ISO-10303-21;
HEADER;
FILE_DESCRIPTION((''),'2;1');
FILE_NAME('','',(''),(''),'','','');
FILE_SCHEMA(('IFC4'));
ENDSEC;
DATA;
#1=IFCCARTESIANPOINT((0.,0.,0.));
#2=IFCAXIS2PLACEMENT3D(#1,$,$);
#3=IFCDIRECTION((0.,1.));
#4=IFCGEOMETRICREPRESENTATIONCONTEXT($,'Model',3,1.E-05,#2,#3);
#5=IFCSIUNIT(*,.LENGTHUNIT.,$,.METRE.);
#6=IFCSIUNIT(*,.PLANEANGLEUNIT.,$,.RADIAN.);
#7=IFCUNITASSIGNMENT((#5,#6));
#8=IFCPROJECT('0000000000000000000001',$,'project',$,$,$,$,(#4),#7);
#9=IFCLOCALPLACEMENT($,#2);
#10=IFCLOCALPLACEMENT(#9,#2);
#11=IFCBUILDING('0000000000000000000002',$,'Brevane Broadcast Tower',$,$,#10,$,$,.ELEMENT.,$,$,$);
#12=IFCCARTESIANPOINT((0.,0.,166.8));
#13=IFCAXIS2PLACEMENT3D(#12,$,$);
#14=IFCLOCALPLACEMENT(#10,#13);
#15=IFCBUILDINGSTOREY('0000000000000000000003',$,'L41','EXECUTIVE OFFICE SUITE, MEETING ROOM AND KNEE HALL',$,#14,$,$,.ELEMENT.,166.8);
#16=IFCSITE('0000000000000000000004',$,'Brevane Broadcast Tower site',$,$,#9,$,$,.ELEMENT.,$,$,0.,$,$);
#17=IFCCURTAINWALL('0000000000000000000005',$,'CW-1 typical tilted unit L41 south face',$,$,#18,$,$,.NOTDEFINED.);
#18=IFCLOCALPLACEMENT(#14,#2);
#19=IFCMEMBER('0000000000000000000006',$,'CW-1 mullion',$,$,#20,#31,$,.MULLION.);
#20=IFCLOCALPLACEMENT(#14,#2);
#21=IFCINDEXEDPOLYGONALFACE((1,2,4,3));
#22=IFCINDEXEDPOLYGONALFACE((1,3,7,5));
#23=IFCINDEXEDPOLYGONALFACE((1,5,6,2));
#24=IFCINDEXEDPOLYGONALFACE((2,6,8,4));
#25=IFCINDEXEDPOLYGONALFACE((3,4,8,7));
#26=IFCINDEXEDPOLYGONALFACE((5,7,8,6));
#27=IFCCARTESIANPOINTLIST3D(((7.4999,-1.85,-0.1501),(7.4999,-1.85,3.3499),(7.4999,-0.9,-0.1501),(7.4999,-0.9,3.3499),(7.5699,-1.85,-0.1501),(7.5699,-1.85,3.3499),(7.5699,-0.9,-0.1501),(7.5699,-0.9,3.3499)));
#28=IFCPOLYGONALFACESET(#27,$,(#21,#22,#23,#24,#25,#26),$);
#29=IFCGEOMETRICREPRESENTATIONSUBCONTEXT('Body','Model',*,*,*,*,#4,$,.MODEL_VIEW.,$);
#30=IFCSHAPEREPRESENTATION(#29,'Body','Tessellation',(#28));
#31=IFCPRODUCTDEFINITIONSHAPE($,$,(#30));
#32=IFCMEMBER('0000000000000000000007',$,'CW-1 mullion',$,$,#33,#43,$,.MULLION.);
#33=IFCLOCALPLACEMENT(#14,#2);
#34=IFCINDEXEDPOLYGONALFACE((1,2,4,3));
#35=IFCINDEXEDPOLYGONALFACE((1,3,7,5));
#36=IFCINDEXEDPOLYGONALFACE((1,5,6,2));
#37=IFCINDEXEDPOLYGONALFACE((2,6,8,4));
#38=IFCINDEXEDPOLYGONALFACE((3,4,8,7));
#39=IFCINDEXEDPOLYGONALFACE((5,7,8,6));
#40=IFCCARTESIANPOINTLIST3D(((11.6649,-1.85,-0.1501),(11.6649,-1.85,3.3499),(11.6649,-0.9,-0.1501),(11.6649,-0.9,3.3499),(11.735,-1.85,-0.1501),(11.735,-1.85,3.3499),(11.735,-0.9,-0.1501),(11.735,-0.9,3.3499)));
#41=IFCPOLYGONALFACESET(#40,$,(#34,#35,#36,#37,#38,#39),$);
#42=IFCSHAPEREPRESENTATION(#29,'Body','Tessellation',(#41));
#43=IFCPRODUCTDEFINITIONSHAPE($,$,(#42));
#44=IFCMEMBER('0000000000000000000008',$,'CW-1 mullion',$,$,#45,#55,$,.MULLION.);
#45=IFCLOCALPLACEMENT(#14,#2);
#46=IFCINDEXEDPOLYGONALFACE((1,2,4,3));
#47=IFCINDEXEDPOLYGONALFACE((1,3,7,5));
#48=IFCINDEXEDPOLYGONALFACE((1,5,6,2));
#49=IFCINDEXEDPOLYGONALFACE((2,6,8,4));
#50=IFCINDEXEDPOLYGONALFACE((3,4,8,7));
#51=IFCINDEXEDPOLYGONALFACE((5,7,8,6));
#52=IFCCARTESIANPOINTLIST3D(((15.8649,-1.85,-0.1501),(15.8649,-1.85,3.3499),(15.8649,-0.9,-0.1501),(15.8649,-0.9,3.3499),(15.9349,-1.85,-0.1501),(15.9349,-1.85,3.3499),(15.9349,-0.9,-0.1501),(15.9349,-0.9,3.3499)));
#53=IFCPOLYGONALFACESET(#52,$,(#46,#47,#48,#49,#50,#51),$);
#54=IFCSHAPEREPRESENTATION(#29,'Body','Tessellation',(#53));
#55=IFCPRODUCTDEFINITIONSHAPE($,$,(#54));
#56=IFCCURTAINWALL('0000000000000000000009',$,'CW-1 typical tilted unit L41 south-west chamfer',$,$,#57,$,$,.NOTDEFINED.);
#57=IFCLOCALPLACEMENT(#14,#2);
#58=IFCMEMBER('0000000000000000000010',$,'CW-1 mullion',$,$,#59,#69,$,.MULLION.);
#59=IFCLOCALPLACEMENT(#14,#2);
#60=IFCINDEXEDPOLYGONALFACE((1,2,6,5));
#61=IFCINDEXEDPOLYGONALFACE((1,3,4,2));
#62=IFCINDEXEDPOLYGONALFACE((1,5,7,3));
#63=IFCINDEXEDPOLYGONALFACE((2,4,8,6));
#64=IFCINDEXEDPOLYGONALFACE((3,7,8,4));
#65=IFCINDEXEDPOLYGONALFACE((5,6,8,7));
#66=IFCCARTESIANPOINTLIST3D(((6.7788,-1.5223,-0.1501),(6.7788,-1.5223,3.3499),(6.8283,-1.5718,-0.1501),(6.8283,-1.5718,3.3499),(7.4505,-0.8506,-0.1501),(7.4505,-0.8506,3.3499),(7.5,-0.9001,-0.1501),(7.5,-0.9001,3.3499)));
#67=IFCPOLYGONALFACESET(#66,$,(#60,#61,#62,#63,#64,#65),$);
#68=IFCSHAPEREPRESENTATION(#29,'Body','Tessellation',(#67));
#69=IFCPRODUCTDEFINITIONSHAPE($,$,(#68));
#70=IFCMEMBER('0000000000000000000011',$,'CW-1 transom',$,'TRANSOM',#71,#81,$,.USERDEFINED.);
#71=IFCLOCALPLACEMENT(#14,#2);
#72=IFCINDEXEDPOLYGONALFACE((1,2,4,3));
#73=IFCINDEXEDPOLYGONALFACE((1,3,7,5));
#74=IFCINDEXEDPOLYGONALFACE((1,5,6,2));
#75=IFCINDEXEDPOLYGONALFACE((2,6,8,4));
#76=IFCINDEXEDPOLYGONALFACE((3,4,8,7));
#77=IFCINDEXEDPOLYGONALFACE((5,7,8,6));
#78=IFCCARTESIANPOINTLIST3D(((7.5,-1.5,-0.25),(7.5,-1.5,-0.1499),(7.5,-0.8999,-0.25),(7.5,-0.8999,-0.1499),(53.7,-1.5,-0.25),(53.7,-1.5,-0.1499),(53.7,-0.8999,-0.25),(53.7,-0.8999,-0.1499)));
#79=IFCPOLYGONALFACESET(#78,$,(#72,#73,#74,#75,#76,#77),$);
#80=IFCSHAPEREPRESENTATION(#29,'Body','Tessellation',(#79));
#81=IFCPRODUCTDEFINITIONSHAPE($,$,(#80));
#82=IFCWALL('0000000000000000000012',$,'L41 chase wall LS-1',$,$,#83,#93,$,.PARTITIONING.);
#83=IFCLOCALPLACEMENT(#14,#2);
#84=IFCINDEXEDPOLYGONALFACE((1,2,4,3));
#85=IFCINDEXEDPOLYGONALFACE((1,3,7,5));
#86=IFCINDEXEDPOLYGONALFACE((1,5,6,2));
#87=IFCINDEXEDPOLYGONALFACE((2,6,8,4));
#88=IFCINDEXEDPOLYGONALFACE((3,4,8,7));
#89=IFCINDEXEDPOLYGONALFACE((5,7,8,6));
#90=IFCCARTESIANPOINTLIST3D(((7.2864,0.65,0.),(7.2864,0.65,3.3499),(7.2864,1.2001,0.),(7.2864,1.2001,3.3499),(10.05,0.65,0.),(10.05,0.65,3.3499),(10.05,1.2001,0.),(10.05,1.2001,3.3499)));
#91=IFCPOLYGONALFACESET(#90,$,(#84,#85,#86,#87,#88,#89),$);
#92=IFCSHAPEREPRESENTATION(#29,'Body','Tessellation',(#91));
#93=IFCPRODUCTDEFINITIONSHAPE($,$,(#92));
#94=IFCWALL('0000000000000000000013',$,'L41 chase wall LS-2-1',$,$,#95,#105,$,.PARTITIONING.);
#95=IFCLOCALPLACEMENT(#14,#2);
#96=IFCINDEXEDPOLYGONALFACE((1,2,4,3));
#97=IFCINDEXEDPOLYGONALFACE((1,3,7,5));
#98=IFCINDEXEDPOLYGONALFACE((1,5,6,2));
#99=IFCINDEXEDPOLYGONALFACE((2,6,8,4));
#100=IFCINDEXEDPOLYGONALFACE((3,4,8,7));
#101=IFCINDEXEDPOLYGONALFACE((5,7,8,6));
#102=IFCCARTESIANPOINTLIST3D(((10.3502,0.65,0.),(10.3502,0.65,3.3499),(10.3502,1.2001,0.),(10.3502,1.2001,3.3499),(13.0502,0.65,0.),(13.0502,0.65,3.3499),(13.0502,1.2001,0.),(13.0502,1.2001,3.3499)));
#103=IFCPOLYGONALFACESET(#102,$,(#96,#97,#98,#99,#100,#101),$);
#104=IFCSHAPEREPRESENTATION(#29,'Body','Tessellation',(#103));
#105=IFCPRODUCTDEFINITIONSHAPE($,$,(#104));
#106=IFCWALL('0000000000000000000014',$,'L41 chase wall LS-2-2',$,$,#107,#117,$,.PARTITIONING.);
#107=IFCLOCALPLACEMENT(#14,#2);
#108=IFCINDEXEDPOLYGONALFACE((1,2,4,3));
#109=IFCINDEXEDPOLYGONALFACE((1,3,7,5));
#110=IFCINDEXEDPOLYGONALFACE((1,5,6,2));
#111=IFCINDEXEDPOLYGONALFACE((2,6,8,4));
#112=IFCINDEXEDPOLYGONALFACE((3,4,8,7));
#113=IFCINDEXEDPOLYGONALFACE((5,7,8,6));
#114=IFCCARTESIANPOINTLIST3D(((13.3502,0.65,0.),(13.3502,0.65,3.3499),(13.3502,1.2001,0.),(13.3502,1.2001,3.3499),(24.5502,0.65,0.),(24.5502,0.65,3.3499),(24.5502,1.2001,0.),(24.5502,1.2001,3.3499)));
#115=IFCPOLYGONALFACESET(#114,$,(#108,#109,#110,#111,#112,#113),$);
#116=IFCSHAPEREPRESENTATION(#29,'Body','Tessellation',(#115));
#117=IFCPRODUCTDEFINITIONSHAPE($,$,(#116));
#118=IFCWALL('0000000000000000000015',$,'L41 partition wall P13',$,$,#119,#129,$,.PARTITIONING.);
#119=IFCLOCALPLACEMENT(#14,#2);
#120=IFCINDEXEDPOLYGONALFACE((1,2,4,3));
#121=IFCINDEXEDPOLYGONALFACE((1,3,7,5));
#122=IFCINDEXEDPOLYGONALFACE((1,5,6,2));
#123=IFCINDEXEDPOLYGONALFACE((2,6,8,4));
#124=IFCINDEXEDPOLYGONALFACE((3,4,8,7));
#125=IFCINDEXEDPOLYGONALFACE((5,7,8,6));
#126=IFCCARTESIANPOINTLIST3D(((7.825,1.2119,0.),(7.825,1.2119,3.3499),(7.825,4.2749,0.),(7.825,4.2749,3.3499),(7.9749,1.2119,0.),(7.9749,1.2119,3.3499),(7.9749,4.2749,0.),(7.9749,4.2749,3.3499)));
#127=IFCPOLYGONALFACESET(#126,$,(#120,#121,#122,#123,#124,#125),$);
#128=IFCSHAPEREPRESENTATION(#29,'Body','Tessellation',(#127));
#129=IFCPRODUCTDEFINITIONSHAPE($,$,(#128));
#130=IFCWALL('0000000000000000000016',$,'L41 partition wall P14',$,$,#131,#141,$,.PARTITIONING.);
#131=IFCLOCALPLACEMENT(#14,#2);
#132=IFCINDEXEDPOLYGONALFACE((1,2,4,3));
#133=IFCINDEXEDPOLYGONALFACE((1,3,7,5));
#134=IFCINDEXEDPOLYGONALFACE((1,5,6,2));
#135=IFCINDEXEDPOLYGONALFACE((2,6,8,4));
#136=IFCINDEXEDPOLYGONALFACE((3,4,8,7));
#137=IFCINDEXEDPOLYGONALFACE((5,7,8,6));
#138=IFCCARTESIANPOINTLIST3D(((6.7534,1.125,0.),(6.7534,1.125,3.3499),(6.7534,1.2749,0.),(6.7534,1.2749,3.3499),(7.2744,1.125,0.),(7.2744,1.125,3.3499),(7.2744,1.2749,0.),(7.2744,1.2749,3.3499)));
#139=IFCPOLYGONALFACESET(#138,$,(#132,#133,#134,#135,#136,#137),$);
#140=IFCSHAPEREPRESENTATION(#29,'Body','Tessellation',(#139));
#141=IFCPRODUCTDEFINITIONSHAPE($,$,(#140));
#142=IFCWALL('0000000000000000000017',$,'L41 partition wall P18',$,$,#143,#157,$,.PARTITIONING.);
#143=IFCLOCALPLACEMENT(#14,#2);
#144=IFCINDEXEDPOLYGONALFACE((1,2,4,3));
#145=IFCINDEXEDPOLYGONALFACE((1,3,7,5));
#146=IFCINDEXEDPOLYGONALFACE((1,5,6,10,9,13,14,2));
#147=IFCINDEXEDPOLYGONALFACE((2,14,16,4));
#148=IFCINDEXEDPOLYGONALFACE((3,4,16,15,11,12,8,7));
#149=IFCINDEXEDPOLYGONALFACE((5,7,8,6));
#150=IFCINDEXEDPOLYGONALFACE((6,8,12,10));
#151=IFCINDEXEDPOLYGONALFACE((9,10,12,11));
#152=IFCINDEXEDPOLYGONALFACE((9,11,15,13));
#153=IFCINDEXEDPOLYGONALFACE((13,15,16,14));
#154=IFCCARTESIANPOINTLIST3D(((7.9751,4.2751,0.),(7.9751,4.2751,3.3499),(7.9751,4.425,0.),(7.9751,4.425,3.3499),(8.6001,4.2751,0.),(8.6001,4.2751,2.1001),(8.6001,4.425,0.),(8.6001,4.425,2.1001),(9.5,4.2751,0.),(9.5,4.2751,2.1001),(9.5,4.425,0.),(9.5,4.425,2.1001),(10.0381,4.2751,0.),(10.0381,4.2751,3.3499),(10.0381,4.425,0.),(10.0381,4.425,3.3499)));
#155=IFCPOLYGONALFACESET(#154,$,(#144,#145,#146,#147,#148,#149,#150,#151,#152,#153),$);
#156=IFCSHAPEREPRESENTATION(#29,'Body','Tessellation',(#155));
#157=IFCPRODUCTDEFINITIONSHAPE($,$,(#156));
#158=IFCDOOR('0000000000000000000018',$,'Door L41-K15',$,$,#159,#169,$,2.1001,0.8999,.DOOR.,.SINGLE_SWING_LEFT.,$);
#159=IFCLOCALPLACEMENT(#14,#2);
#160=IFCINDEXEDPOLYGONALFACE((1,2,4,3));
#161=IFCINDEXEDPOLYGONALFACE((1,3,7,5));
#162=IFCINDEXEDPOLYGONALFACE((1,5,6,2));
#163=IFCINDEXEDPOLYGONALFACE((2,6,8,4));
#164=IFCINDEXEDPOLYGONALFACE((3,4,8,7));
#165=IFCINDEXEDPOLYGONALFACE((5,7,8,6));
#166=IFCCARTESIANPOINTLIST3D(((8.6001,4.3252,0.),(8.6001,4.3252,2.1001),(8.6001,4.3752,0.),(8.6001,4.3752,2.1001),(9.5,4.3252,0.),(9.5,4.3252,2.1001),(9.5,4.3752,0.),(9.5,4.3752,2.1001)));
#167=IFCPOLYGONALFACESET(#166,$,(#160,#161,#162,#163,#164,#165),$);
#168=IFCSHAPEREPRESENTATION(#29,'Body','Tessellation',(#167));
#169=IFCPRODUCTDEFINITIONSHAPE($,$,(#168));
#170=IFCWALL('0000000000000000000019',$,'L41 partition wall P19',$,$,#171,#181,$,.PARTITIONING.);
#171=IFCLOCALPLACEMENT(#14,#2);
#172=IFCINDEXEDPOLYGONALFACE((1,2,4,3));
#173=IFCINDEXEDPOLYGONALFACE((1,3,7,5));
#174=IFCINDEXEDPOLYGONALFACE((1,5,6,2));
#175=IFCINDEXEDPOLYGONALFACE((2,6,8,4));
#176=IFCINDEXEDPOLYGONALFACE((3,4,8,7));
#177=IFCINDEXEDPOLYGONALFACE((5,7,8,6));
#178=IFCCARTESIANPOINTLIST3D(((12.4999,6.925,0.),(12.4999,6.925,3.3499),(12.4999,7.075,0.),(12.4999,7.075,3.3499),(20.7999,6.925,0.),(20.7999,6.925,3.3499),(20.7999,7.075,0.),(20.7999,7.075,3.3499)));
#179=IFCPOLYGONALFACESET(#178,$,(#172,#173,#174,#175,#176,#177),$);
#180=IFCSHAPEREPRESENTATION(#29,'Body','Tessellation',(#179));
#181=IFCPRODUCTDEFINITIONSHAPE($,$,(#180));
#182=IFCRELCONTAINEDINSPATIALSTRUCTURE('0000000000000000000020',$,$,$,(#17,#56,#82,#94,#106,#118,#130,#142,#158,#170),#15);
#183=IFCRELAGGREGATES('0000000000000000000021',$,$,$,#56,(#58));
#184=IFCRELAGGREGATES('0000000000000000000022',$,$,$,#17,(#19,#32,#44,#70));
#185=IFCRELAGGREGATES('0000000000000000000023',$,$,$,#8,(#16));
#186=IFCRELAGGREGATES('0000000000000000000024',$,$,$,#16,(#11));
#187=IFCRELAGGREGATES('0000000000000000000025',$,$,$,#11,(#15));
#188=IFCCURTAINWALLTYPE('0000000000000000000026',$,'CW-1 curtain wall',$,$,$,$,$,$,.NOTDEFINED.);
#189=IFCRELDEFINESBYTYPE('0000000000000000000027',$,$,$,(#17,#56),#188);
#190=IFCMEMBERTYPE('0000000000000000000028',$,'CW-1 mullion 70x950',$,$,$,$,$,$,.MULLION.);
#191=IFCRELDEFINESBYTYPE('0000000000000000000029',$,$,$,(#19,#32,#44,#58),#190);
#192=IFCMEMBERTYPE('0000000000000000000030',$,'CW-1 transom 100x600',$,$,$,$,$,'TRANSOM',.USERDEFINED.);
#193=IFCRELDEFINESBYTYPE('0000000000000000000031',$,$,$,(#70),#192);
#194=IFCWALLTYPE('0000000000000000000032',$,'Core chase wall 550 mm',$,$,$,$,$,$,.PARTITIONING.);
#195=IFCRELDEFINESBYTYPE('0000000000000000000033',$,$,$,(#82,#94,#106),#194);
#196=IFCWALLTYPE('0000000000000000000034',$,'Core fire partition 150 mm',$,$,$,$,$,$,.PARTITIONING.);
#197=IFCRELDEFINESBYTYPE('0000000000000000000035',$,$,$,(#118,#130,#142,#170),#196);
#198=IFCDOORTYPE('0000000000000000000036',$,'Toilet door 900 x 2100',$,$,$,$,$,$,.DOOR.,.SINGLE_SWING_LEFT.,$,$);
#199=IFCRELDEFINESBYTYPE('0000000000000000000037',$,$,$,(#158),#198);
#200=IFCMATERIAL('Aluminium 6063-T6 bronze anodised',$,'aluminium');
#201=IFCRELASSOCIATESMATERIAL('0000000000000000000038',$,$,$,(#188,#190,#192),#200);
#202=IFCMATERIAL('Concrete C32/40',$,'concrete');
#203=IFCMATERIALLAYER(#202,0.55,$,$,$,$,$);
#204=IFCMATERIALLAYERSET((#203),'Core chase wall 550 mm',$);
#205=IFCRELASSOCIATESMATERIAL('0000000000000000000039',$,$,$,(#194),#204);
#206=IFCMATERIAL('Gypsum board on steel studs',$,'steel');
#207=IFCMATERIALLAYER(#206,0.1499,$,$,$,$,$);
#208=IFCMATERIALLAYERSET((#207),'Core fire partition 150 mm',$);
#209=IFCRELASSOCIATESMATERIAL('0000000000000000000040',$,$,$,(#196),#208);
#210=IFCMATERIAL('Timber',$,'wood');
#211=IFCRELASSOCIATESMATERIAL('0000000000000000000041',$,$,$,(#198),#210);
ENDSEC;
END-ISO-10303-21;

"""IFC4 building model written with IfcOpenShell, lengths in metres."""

from ifc_helpers import new_model, si_unit, direction, frame, frame_2d, origin, origin_2d, place, context, subcontext, project, spatial, rectangle, extrude, material, layer, layer_set, material_profile, profile_set, type_object, element, fill, aggregate, save


model = new_model("IFC4")

# Units and contexts
model_context = context("Model", 3, precision=1e-05, world=origin(), true_north=direction((0.0, 1.0)))
body_context = subcontext(model_context, "Body", "Model", "MODEL_VIEW")
ifc_project = project(units=[si_unit("LENGTHUNIT", "METRE"), si_unit("PLANEANGLEUNIT", "RADIAN")], contexts=[model_context])

# Site, building, storey
site_placement = place(None, origin())
site = spatial("IfcSite", under=ifc_project, at=site_placement, Name="Brevane Broadcast Tower site", CompositionType="ELEMENT", RefElevation=0.0)
building_placement = place(site_placement, origin())
building = spatial("IfcBuilding", under=site, at=building_placement, Name="Brevane Broadcast Tower", CompositionType="ELEMENT")
storey_placement = place(building_placement, frame((0.0, 0.0, 166.8)))
storey = spatial("IfcBuildingStorey", under=building, at=storey_placement, Name="L41", Description="EXECUTIVE OFFICE SUITE, MEETING ROOM AND KNEE HALL", CompositionType="ELEMENT", Elevation=166.8)

# Curtain wall, members
ifc_material_1 = material(Name="Aluminium 6063-T6 bronze anodised", Category="aluminium")
curtain_wall_type = type_object("IfcCurtainWallType", Name="CW-1 curtain wall", PredefinedType="NOTDEFINED", material=ifc_material_1)
curtain_wall_1_placement = place(storey_placement, origin())
curtain_wall_1 = element("IfcCurtainWall", 1, at=curtain_wall_1_placement, inside=storey, type_object=curtain_wall_type, Name="CW-1 typical tilted unit L41 south face", PredefinedType="NOTDEFINED")
ifc_material_profile_1 = material_profile(ifc_material_1, rectangle(XDim=0.95, YDim=0.0701, at=origin_2d()), Name="RECT 70x950")
ifc_profile_set_1 = profile_set([ifc_material_profile_1], Name="Aluminium 6063-T6 bronze anodised")
member_type_1 = type_object("IfcMemberType", Name="CW-1 mullion 70x950", PredefinedType="MULLION", material=ifc_profile_set_1)
member_1_placement = place(storey_placement, frame((7.5349, -1.375, -0.1501), z_axis=(0.0, 0.0, 1.0), x_axis=(0.0, 1.0, 0.0)))
member_1 = element("IfcMember", 2, at=member_1_placement, type_object=member_type_1, Name="CW-1 mullion", PredefinedType="MULLION", context=body_context, shape_type="SweptSolid", body=[
    extrude(rectangle(XDim=0.95, YDim=0.0701, at=origin_2d()), origin(), (0.0, 0.0, 1.0), 3.5),
])
member_2_placement = place(storey_placement, frame((11.7, -1.375, -0.1501), z_axis=(0.0, 0.0, 1.0), x_axis=(0.0, 1.0, 0.0)))
member_2 = element("IfcMember", 3, at=member_2_placement, type_object=member_type_1, Name="CW-1 mullion", PredefinedType="MULLION", context=body_context, shape_type="SweptSolid", body=[
    extrude(rectangle(XDim=0.95, YDim=0.0701, at=origin_2d()), origin(), (0.0, 0.0, 1.0), 3.5),
])
member_3_placement = place(storey_placement, frame((15.8999, -1.375, -0.1501), z_axis=(0.0, 0.0, 1.0), x_axis=(0.0, 1.0, 0.0)))
member_3 = element("IfcMember", 4, at=member_3_placement, type_object=member_type_1, Name="CW-1 mullion", PredefinedType="MULLION", context=body_context, shape_type="SweptSolid", body=[
    extrude(rectangle(XDim=0.95, YDim=0.0701, at=origin_2d()), origin(), (0.0, 0.0, 1.0), 3.5),
])

# Curtain wall, member
curtain_wall_2_placement = place(storey_placement, origin())
curtain_wall_2 = element("IfcCurtainWall", 5, at=curtain_wall_2_placement, inside=storey, type_object=curtain_wall_type, Name="CW-1 typical tilted unit L41 south-west chamfer", PredefinedType="NOTDEFINED")
member_4_placement = place(storey_placement, frame((7.1394, -1.2112, -0.1501), z_axis=(0.0, 0.0, 1.0), x_axis=(0.707107, 0.707107, 0.0)))
member_4 = element("IfcMember", 6, at=member_4_placement, type_object=member_type_1, Name="CW-1 mullion", PredefinedType="MULLION", context=body_context, shape_type="SweptSolid", body=[
    extrude(rectangle(XDim=0.95, YDim=0.0701, at=origin_2d()), origin(), (0.0, 0.0, 1.0), 3.5),
])
aggregate(curtain_wall_2, [member_4])

# Member
ifc_material_profile_2 = material_profile(ifc_material_1, rectangle(XDim=0.6001, YDim=0.1001, at=origin_2d()), Name="RECT 100x600")
ifc_profile_set_2 = profile_set([ifc_material_profile_2], Name="Aluminium 6063-T6 bronze anodised")
member_type_2 = type_object("IfcMemberType", Name="CW-1 transom 100x600", ElementType="TRANSOM", PredefinedType="USERDEFINED", material=ifc_profile_set_2)
member_5_placement = place(storey_placement, frame((7.5, -1.2, -0.2), z_axis=(1.0, 0.0, 0.0), x_axis=(0.0, 1.0, 0.0)))
member_5 = element("IfcMember", 7, at=member_5_placement, type_object=member_type_2, Name="CW-1 transom", ObjectType="TRANSOM", PredefinedType="USERDEFINED", context=body_context, shape_type="SweptSolid", body=[
    extrude(rectangle(XDim=0.6001, YDim=0.1001, at=origin_2d()), origin(), (0.0, 0.0, 1.0), 46.2),
])
aggregate(curtain_wall_1, [member_1, member_2, member_3, member_5])

# Walls
ifc_material_2 = material(Name="Concrete C32/40", Category="concrete")
ifc_layer_1 = layer(ifc_material_2, 0.55)
ifc_layer_set_1 = layer_set([ifc_layer_1], Name="Core chase wall 550 mm")
wall_type_1 = type_object("IfcWallType", Name="Core chase wall 550 mm", PredefinedType="PARTITIONING", material=ifc_layer_set_1)
wall_1_placement = place(storey_placement, frame((7.2864, 0.925, 0.0), z_axis=(0.0, 0.0, 1.0), x_axis=(1.0, 0.0, 0.0)))
element("IfcWall", 8, at=wall_1_placement, inside=storey, type_object=wall_type_1, Name="L41 chase wall LS-1", PredefinedType="PARTITIONING", context=body_context, shape_type="SweptSolid", body=[
    extrude(rectangle(XDim=2.7637, YDim=0.55, at=frame_2d((1.3818, 0.0))), origin(), (0.0, 0.0, 1.0), 3.3499),
])
wall_2_placement = place(storey_placement, frame((10.3501, 0.925, 0.0), z_axis=(0.0, 0.0, 1.0), x_axis=(1.0, 0.0, 0.0)))
element("IfcWall", 9, at=wall_2_placement, inside=storey, type_object=wall_type_1, Name="L41 chase wall LS-2-1", PredefinedType="PARTITIONING", context=body_context, shape_type="SweptSolid", body=[
    extrude(rectangle(XDim=2.7, YDim=0.55, at=frame_2d((1.3501, 0.0))), origin(), (0.0, 0.0, 1.0), 3.3499),
])
wall_3_placement = place(storey_placement, frame((13.3501, 0.925, 0.0), z_axis=(0.0, 0.0, 1.0), x_axis=(1.0, 0.0, 0.0)))
element("IfcWall", 10, at=wall_3_placement, inside=storey, type_object=wall_type_1, Name="L41 chase wall LS-2-2", PredefinedType="PARTITIONING", context=body_context, shape_type="SweptSolid", body=[
    extrude(rectangle(XDim=11.2, YDim=0.55, at=frame_2d((5.6001, 0.0))), origin(), (0.0, 0.0, 1.0), 3.3499),
])
ifc_material_3 = material(Name="Gypsum board on steel studs", Category="steel")
ifc_layer_2 = layer(ifc_material_3, 0.1499)
ifc_layer_set_2 = layer_set([ifc_layer_2], Name="Core fire partition 150 mm")
wall_type_2 = type_object("IfcWallType", Name="Core fire partition 150 mm", PredefinedType="PARTITIONING", material=ifc_layer_set_2)
wall_4_placement = place(storey_placement, frame((7.8999, 4.2749, 0.0), z_axis=(0.0, 0.0, 1.0), x_axis=(0.0, -1.0, 0.0)))
element("IfcWall", 11, at=wall_4_placement, inside=storey, type_object=wall_type_2, Name="L41 partition wall P13", PredefinedType="PARTITIONING", context=body_context, shape_type="SweptSolid", body=[
    extrude(rectangle(XDim=3.063, YDim=0.1499, at=frame_2d((1.5315, 0.0))), origin(), (0.0, 0.0, 1.0), 3.3499),
])
wall_5_placement = place(storey_placement, frame((7.2744, 1.2, 0.0), z_axis=(0.0, 0.0, 1.0), x_axis=(-1.0, 0.0, 0.0)))
element("IfcWall", 12, at=wall_5_placement, inside=storey, type_object=wall_type_2, Name="L41 partition wall P14", PredefinedType="PARTITIONING", context=body_context, shape_type="SweptSolid", body=[
    extrude(rectangle(XDim=0.521, YDim=0.1499, at=frame_2d((0.2605, 0.0))), origin(), (0.0, 0.0, 1.0), 3.3499),
])

# Wall, opening, door
wall_6_placement = place(storey_placement, frame((10.0381, 4.3501, 0.0), z_axis=(0.0, 0.0, 1.0), x_axis=(-1.0, 0.0, 0.0)))
wall_6 = element("IfcWall", 13, at=wall_6_placement, inside=storey, type_object=wall_type_2, Name="L41 partition wall P18", PredefinedType="PARTITIONING", context=body_context, shape_type="SweptSolid", body=[
    extrude(rectangle(XDim=2.063, YDim=0.1499, at=frame_2d((1.0315, 0.0))), origin(), (0.0, 0.0, 1.0), 3.3499),
])
opening_1_placement = place(wall_6_placement, frame((0.5381, 0.0, 0.0)))
opening_1 = element("IfcOpeningElement", 14, at=opening_1_placement, cuts=wall_6, PredefinedType="OPENING", context=body_context, shape_type="SweptSolid", body=[
    extrude(rectangle(XDim=0.8999, YDim=2.1001, at=frame_2d((0.45, 1.05))), frame((0.0, 0.085, 0.0), z_axis=(0.0, -1.0, 0.0), x_axis=(1.0, 0.0, 0.0)), (0.0, 0.0, 1.0), 0.1699),
])
ifc_material_4 = material(Name="Timber", Category="wood")
door_type_1 = type_object("IfcDoorType", Name="Toilet door 900 x 2100", OperationType="SINGLE_SWING_LEFT", PredefinedType="DOOR", material=ifc_material_4)
door_1_placement = place(opening_1_placement, origin())
door_1 = element("IfcDoor", 15, at=door_1_placement, inside=storey, type_object=door_type_1, Name="Door L41-K15", OperationType="SINGLE_SWING_LEFT", OverallHeight=2.1001, OverallWidth=0.8999, PredefinedType="DOOR", context=body_context, shape_type="SweptSolid", body=[
    extrude(rectangle(XDim=0.8999, YDim=2.1001, at=frame_2d((0.45, 1.05))), frame((0.0, 0.0249, 0.0), z_axis=(0.0, -1.0, 0.0), x_axis=(1.0, 0.0, 0.0)), (0.0, 0.0, 1.0), 0.05),
])
fill(opening_1, door_1)

# Wall
wall_7_placement = place(storey_placement, frame((12.5, 7.0, 0.0), z_axis=(0.0, 0.0, 1.0), x_axis=(1.0, 0.0, 0.0)))
element("IfcWall", 16, at=wall_7_placement, inside=storey, type_object=wall_type_2, Name="L41 partition wall P19", PredefinedType="PARTITIONING", context=body_context, shape_type="SweptSolid", body=[
    extrude(rectangle(XDim=8.3, YDim=0.1499, at=frame_2d((4.1499, 0.0))), origin(), (0.0, 0.0, 1.0), 3.3499),
])

save(model, "model.ifc")
